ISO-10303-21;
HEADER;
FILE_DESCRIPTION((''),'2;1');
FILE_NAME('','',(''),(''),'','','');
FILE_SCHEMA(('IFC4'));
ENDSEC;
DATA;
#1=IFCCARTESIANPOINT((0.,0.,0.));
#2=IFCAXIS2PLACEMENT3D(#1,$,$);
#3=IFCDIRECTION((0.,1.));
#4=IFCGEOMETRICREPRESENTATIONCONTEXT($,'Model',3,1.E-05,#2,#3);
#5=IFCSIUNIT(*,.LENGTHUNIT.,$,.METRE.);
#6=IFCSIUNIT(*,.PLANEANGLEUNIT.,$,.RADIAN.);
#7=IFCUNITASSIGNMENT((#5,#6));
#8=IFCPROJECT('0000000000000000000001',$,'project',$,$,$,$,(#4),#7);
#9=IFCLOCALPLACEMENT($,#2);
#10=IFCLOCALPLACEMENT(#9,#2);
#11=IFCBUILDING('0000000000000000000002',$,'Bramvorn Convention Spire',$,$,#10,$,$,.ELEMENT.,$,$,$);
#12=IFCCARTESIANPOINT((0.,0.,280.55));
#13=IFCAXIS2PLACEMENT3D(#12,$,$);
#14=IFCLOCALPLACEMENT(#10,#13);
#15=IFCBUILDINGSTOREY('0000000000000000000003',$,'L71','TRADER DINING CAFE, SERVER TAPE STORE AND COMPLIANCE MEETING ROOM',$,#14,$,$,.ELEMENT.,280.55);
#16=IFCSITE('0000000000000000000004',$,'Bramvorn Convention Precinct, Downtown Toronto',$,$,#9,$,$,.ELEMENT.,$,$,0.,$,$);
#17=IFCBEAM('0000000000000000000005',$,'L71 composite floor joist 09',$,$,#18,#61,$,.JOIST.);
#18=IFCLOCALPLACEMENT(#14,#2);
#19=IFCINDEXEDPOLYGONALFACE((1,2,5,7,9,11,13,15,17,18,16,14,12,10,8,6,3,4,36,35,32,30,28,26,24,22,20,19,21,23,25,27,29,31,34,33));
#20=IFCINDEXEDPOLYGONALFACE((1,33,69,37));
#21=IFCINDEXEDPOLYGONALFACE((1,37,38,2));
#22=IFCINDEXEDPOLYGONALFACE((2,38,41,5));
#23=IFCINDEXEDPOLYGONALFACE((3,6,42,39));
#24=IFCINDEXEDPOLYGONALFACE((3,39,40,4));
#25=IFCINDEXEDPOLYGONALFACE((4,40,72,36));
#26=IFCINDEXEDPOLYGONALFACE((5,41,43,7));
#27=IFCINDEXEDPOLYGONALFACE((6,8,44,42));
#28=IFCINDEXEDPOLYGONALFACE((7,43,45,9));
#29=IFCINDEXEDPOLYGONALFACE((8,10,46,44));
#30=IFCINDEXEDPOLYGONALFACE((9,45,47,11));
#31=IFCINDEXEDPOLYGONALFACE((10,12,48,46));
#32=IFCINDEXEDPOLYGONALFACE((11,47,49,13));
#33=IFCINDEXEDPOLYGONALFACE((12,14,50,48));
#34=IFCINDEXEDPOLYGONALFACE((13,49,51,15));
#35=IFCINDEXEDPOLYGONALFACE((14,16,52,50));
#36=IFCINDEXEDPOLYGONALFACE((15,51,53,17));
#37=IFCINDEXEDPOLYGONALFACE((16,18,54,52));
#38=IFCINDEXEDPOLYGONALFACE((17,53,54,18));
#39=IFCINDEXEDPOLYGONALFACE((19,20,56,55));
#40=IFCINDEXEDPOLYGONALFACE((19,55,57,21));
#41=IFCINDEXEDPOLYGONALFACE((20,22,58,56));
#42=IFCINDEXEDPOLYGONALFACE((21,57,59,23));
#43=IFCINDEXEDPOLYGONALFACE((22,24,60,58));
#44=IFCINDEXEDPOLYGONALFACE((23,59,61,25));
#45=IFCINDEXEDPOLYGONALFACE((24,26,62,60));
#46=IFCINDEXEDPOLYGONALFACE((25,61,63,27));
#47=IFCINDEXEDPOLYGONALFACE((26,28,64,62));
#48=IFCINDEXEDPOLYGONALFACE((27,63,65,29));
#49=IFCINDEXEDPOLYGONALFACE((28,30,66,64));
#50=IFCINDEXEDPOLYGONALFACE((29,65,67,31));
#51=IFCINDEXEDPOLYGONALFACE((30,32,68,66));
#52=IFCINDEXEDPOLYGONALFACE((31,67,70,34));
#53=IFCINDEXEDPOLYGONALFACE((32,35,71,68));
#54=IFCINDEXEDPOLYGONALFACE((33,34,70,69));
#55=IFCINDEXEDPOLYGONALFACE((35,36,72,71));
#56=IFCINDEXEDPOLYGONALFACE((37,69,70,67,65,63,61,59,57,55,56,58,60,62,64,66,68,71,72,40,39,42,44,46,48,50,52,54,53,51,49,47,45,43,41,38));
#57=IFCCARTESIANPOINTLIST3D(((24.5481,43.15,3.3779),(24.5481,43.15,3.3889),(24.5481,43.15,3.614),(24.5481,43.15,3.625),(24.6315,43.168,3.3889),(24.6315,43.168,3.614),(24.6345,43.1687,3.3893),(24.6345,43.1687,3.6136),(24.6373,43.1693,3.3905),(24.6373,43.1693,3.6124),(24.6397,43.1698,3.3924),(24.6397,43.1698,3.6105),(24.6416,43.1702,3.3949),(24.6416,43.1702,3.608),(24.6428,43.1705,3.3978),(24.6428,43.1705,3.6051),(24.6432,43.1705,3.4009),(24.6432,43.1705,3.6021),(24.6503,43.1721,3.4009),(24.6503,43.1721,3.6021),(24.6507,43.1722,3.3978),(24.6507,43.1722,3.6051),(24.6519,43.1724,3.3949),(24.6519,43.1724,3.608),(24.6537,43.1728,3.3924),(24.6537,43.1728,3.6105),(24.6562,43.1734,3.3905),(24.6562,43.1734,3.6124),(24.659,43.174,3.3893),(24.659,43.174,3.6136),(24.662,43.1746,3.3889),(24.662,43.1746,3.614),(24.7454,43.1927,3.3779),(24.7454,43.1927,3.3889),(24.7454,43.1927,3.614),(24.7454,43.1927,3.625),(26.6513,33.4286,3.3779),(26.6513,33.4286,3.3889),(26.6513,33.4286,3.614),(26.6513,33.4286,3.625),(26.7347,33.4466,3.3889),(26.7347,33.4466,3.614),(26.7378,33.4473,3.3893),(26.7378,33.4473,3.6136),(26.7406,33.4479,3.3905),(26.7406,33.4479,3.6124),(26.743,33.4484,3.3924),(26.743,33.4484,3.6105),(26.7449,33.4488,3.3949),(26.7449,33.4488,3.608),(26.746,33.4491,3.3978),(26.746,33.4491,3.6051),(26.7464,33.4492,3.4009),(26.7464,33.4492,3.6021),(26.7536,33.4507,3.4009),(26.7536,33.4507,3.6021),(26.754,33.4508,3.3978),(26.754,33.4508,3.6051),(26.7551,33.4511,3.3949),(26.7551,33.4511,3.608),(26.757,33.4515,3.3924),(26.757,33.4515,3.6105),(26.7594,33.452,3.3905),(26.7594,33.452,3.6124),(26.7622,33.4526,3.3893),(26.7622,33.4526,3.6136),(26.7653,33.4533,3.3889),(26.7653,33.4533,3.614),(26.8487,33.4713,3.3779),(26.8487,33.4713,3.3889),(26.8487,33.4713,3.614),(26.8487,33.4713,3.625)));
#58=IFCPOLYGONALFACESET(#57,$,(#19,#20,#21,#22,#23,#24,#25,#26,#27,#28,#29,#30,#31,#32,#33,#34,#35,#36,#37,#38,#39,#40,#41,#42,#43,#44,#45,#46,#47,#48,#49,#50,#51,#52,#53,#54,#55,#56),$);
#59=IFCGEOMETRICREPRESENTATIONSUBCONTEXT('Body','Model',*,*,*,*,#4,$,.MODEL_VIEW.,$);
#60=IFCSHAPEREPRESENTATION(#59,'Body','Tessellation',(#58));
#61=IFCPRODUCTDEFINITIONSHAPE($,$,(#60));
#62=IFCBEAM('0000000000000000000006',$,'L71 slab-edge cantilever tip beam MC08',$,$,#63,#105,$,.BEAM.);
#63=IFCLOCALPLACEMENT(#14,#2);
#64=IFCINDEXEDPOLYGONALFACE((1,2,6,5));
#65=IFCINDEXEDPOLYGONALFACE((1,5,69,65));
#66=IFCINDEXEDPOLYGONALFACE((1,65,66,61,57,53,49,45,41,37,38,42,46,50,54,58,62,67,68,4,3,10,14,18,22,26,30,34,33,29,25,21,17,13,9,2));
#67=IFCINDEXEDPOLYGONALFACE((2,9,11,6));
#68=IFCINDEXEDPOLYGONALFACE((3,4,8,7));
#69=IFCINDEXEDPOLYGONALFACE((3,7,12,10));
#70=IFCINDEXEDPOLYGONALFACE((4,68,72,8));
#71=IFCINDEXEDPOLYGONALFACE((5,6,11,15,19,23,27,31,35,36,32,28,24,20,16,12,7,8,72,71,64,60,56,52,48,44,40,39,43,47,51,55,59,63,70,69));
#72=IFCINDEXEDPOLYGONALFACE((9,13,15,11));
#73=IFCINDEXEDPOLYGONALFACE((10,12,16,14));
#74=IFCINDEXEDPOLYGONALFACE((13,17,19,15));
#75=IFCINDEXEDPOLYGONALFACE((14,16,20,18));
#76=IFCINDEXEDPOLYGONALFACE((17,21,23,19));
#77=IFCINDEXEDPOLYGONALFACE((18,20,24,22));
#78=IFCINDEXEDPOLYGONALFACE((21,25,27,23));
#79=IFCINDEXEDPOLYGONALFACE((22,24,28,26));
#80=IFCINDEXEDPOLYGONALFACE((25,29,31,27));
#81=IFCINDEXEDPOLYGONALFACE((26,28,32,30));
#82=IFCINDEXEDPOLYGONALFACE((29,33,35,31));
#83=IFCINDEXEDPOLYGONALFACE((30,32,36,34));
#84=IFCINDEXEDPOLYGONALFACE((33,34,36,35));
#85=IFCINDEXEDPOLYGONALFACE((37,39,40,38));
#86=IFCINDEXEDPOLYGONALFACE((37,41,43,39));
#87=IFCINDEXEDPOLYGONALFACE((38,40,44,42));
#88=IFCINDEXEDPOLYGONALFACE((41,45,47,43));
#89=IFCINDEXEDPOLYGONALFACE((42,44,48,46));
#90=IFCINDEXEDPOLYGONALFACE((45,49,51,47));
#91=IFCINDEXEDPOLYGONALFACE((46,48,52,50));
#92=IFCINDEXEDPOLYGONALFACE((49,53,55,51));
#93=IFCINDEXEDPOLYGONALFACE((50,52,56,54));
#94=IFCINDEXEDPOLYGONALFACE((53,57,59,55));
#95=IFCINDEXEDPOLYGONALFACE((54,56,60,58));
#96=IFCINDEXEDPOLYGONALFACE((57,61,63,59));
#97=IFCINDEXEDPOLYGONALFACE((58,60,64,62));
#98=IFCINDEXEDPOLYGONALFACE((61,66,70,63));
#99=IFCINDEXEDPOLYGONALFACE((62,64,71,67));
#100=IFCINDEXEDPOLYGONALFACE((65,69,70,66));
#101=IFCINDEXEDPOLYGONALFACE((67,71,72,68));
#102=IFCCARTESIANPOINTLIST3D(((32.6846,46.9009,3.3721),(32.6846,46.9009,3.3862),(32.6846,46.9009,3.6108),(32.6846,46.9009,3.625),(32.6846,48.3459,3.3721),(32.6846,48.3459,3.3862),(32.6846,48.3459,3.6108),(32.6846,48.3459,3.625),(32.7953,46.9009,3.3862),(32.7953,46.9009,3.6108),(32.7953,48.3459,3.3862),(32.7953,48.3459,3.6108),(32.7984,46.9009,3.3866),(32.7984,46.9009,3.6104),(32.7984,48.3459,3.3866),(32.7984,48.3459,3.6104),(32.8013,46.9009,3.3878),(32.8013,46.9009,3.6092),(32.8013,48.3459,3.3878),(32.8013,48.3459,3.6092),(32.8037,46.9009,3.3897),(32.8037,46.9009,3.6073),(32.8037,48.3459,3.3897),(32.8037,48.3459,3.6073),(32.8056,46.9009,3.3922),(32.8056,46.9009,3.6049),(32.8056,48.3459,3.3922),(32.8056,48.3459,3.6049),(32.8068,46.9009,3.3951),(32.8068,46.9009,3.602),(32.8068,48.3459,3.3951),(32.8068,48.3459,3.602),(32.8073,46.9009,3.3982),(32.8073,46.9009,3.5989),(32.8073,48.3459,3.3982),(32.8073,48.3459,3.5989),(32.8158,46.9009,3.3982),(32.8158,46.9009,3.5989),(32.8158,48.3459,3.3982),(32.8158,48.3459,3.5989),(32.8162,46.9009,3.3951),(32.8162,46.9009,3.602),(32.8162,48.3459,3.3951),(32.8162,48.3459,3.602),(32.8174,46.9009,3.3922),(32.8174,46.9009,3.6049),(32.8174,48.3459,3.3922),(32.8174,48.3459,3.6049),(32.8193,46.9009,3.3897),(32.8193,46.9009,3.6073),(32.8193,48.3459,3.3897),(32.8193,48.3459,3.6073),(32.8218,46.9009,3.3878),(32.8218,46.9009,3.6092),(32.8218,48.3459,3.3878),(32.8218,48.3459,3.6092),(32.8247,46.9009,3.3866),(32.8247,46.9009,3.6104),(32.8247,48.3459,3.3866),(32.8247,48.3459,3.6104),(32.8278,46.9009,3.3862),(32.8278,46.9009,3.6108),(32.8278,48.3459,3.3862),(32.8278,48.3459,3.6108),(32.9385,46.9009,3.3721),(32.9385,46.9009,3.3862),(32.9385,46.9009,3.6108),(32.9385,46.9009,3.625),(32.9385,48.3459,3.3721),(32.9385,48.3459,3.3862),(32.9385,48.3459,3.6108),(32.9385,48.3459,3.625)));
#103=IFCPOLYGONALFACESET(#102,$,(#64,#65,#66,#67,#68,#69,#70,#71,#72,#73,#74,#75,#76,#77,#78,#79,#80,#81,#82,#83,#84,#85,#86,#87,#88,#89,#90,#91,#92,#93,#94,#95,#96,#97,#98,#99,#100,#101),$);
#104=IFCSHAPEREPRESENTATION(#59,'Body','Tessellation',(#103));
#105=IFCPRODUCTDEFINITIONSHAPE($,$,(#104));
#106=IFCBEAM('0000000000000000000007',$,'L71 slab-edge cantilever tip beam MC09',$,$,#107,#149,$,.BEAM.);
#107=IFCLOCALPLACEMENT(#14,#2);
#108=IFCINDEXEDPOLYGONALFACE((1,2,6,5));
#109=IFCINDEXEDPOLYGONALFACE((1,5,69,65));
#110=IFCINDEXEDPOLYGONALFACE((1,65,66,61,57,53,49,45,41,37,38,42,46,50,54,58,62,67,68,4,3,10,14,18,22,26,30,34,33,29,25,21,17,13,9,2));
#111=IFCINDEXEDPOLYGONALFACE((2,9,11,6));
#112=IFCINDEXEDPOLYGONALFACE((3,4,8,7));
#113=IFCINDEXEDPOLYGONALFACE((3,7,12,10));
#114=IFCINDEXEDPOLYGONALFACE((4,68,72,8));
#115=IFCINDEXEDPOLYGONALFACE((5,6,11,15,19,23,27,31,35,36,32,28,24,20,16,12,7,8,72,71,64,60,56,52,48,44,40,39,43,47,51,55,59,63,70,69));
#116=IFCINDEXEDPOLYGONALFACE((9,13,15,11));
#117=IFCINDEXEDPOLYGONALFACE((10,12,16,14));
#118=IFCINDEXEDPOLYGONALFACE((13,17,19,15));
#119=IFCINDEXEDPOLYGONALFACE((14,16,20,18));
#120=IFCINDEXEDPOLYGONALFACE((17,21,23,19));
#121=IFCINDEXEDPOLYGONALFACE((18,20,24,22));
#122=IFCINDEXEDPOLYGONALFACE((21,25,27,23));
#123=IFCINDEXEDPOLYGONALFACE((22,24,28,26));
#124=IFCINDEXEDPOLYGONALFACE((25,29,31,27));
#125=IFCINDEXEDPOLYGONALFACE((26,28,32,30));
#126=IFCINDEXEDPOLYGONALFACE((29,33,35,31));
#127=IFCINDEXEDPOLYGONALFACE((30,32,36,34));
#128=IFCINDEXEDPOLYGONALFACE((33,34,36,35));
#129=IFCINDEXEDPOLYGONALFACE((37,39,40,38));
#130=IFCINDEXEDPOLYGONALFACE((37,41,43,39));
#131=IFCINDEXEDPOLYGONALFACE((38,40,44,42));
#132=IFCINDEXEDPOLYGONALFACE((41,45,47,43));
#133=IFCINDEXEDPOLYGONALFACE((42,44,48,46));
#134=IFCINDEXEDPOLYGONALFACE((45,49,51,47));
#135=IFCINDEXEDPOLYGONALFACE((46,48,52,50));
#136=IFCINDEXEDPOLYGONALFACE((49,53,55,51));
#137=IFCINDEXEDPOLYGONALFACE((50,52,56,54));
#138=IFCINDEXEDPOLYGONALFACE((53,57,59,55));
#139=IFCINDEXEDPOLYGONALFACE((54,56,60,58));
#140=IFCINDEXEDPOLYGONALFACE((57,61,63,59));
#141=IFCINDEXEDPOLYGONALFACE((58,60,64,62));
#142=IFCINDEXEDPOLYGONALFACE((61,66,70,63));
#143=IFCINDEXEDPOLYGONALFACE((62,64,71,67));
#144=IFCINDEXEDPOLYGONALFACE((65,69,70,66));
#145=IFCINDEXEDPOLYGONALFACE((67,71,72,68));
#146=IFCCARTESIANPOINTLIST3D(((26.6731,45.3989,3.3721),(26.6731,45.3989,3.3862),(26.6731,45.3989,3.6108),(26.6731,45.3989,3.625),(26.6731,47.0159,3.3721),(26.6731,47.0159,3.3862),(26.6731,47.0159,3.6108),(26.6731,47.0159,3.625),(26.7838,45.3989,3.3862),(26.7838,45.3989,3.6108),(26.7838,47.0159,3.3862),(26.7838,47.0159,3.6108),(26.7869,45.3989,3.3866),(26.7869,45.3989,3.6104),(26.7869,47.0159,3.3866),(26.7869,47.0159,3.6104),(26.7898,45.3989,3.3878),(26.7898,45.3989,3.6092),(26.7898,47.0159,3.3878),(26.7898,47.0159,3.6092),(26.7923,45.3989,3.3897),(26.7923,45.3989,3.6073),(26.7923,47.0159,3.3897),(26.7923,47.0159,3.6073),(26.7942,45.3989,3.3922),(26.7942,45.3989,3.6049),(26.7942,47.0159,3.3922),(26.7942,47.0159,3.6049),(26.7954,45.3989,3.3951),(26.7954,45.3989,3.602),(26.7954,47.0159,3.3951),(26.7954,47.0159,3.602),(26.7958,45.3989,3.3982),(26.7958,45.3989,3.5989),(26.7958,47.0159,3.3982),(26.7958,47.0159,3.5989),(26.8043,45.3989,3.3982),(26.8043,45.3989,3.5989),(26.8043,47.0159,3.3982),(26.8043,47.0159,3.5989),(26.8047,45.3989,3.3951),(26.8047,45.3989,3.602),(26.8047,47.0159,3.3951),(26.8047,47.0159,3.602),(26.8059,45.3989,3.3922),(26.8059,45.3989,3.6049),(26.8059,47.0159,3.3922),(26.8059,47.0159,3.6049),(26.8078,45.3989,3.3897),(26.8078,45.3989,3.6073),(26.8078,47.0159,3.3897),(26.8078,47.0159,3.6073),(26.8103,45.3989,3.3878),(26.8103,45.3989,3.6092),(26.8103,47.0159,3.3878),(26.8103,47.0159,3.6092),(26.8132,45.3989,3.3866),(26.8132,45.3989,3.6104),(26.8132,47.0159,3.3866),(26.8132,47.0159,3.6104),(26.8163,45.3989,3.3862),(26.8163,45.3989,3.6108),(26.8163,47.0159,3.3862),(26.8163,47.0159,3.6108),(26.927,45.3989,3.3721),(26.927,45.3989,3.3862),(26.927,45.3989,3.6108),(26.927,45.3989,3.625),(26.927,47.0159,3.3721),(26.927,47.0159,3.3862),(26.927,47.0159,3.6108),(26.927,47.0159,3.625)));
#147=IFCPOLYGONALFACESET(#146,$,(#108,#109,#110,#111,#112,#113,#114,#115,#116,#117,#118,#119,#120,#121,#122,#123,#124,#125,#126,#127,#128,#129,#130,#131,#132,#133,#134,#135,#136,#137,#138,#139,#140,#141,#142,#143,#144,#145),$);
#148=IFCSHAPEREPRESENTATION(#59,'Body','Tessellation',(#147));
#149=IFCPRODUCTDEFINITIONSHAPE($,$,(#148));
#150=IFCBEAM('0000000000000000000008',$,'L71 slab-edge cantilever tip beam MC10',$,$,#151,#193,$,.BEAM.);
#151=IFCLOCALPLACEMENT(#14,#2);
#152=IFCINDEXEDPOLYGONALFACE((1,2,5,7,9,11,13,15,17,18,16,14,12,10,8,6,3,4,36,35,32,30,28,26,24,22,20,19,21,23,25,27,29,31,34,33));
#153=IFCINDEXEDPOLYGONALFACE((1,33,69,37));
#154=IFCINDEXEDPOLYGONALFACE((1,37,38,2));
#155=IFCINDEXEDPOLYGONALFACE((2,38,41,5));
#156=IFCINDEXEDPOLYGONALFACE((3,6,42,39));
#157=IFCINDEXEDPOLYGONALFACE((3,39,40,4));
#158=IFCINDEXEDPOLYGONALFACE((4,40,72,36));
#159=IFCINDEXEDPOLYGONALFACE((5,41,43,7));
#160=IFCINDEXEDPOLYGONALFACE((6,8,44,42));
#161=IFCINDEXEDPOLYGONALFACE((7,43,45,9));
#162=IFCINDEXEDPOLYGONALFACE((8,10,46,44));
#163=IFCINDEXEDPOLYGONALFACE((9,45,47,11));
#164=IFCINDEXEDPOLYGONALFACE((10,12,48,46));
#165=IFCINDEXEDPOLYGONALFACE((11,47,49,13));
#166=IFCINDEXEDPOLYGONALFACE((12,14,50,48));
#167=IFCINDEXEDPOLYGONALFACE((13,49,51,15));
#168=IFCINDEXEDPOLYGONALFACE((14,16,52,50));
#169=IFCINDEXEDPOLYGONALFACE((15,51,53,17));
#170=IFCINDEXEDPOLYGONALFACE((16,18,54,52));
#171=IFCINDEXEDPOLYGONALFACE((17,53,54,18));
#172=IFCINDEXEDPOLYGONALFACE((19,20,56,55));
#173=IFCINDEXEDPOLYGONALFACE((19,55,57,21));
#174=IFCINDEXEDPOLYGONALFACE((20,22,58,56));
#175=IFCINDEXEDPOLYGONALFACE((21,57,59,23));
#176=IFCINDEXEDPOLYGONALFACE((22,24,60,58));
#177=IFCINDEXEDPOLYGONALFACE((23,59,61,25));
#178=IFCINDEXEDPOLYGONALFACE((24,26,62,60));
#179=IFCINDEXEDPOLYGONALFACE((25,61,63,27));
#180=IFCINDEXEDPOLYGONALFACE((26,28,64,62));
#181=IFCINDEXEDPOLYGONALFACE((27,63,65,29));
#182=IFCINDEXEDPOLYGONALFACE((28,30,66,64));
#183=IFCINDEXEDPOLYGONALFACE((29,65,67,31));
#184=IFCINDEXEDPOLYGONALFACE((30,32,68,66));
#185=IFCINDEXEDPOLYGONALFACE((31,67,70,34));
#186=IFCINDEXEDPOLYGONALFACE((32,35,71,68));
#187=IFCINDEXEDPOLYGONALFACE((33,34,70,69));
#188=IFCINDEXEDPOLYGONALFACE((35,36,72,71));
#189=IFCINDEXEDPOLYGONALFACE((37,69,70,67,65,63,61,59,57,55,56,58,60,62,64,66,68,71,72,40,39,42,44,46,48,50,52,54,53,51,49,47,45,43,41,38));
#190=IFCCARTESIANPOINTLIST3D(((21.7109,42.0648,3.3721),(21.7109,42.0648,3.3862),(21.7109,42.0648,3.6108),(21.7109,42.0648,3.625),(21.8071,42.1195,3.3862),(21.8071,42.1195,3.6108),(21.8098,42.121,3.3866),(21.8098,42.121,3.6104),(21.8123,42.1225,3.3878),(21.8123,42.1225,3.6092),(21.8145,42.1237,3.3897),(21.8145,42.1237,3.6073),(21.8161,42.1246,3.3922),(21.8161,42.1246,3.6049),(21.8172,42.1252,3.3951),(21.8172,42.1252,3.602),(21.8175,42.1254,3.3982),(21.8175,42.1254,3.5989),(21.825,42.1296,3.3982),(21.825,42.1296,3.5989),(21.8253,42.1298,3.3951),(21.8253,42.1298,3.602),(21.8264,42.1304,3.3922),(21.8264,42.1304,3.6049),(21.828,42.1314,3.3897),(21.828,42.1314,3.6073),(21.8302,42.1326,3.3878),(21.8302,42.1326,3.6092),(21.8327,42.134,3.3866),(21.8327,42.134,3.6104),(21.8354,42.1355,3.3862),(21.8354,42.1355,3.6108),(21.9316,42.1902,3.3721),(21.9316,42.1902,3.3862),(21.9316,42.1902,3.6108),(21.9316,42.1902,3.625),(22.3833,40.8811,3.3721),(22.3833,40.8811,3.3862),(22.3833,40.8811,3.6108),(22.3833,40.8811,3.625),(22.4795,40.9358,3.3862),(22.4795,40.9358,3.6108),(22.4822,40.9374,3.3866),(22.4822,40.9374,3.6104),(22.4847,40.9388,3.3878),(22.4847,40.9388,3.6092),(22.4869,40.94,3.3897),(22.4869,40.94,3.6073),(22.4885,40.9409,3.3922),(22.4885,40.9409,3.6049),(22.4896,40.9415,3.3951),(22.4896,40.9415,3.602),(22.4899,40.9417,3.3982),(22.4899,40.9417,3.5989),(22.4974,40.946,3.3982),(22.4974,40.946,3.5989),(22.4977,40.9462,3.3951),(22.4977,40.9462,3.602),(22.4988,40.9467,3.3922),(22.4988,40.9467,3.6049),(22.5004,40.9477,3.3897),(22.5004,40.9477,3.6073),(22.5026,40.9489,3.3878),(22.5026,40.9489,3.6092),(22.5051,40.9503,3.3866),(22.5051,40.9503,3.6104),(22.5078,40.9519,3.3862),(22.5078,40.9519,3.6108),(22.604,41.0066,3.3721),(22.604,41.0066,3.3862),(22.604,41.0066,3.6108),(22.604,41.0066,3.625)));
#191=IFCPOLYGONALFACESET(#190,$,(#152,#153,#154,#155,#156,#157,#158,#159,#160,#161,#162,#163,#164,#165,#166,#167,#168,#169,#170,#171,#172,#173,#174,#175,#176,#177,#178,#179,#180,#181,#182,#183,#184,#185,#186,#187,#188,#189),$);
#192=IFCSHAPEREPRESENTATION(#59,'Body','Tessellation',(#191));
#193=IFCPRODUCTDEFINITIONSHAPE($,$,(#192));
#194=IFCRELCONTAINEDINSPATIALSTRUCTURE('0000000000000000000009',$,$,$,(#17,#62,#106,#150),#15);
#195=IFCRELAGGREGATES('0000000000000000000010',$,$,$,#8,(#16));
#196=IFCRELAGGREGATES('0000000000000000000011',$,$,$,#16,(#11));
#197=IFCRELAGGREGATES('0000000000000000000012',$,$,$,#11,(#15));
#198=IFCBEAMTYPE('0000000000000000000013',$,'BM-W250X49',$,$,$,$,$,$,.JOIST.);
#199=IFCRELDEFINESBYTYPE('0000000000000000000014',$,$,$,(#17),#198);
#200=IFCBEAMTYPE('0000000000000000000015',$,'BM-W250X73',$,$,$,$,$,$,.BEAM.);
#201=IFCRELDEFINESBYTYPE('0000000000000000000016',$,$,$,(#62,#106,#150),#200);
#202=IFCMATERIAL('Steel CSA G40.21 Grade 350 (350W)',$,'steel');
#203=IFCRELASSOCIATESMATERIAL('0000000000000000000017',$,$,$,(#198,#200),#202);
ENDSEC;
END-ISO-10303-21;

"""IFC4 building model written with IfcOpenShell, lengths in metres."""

from ifc_helpers import new_model, si_unit, direction, frame, origin, origin_2d, place, context, subcontext, project, spatial, i_section, extrude, material, material_profile, profile_set, type_object, element, save


model = new_model("IFC4")

# Units and contexts
model_context = context("Model", 3, precision=1e-05, world=origin(), true_north=direction((0.0, 1.0)))
body_context = subcontext(model_context, "Body", "Model", "MODEL_VIEW")
ifc_project = project(units=[si_unit("LENGTHUNIT", "METRE"), si_unit("PLANEANGLEUNIT", "RADIAN")], contexts=[model_context])

# Site, building, storey
site_placement = place(None, origin())
site = spatial("IfcSite", under=ifc_project, at=site_placement, Name="Bramvorn Convention Precinct, Downtown Toronto", CompositionType="ELEMENT", RefElevation=0.0)
building_placement = place(site_placement, origin())
building = spatial("IfcBuilding", under=site, at=building_placement, Name="Bramvorn Convention Spire", CompositionType="ELEMENT")
storey_placement = place(building_placement, frame((0.0, 0.0, 280.55)))
storey = spatial("IfcBuildingStorey", under=building, at=storey_placement, Name="L71", Description="TRADER DINING CAFE, SERVER TAPE STORE AND COMPLIANCE MEETING ROOM", CompositionType="ELEMENT", Elevation=280.55)

# Shared definitions
ifc_material_1 = material(Name="Steel CSA G40.21 Grade 350 (350W)", Category="steel")

# Beams
ifc_material_profile_1 = material_profile(ifc_material_1, i_section(OverallWidth=0.2019, OverallDepth=0.2471, WebThickness=0.0073, FlangeThickness=0.011, FilletRadius=0.012, at=origin_2d()))
ifc_profile_set_1 = profile_set([ifc_material_profile_1], Name="Steel CSA G40.21 Grade 350 (350W) - W250X49")
beam_type_1 = type_object("IfcBeamType", Name="BM-W250X49", PredefinedType="JOIST", material=ifc_profile_set_1)
beam_1_placement = place(storey_placement, frame((26.75, 33.45, 3.5015), z_axis=(-0.211461, 0.977386, 0.0), x_axis=(-0.977386, -0.211461, 0.0)))
element("IfcBeam", 1, at=beam_1_placement, inside=storey, type_object=beam_type_1, Name="L71 composite floor joist 09", PredefinedType="JOIST", context=body_context, shape_type="SweptSolid", body=[
    extrude(i_section(OverallWidth=0.2019, OverallDepth=0.2471, WebThickness=0.0073, FlangeThickness=0.011, FilletRadius=0.012, at=origin_2d()), origin(), (0.0, 0.0, 1.0), 9.9463),
])
ifc_material_profile_2 = material_profile(ifc_material_1, i_section(OverallWidth=0.2539, OverallDepth=0.2529, WebThickness=0.0085, FlangeThickness=0.0142, FilletRadius=0.012, at=origin_2d()))
ifc_profile_set_2 = profile_set([ifc_material_profile_2], Name="Steel CSA G40.21 Grade 350 (350W) - W250X73")
beam_type_2 = type_object("IfcBeamType", Name="BM-W250X73", PredefinedType="BEAM", material=ifc_profile_set_2)
beam_2_placement = place(storey_placement, frame((32.8115, 46.9009, 3.4985), z_axis=(0.0, 1.0, 0.0), x_axis=(-1.0, 0.0, 0.0)))
element("IfcBeam", 2, at=beam_2_placement, inside=storey, type_object=beam_type_2, Name="L71 slab-edge cantilever tip beam MC08", PredefinedType="BEAM", context=body_context, shape_type="SweptSolid", body=[
    extrude(i_section(OverallWidth=0.2539, OverallDepth=0.2529, WebThickness=0.0085, FlangeThickness=0.0142, FilletRadius=0.012, at=origin_2d()), origin(), (0.0, 0.0, 1.0), 1.4451),
])
beam_3_placement = place(storey_placement, frame((26.8, 45.3989, 3.4985), z_axis=(0.0, 1.0, 0.0), x_axis=(-1.0, 0.0, 0.0)))
element("IfcBeam", 3, at=beam_3_placement, inside=storey, type_object=beam_type_2, Name="L71 slab-edge cantilever tip beam MC09", PredefinedType="BEAM", context=body_context, shape_type="SweptSolid", body=[
    extrude(i_section(OverallWidth=0.2539, OverallDepth=0.2529, WebThickness=0.0085, FlangeThickness=0.0142, FilletRadius=0.012, at=origin_2d()), origin(), (0.0, 0.0, 1.0), 1.6169),
])
beam_4_placement = place(storey_placement, frame((22.4937, 40.9438, 3.4985), z_axis=(-0.493935, 0.869499, 0.0), x_axis=(-0.869499, -0.493935, 0.0)))
element("IfcBeam", 4, at=beam_4_placement, inside=storey, type_object=beam_type_2, Name="L71 slab-edge cantilever tip beam MC10", PredefinedType="BEAM", context=body_context, shape_type="SweptSolid", body=[
    extrude(i_section(OverallWidth=0.2539, OverallDepth=0.2529, WebThickness=0.0085, FlangeThickness=0.0142, FilletRadius=0.012, at=origin_2d()), origin(), (0.0, 0.0, 1.0), 1.3613),
])

save(model, "model.ifc")
